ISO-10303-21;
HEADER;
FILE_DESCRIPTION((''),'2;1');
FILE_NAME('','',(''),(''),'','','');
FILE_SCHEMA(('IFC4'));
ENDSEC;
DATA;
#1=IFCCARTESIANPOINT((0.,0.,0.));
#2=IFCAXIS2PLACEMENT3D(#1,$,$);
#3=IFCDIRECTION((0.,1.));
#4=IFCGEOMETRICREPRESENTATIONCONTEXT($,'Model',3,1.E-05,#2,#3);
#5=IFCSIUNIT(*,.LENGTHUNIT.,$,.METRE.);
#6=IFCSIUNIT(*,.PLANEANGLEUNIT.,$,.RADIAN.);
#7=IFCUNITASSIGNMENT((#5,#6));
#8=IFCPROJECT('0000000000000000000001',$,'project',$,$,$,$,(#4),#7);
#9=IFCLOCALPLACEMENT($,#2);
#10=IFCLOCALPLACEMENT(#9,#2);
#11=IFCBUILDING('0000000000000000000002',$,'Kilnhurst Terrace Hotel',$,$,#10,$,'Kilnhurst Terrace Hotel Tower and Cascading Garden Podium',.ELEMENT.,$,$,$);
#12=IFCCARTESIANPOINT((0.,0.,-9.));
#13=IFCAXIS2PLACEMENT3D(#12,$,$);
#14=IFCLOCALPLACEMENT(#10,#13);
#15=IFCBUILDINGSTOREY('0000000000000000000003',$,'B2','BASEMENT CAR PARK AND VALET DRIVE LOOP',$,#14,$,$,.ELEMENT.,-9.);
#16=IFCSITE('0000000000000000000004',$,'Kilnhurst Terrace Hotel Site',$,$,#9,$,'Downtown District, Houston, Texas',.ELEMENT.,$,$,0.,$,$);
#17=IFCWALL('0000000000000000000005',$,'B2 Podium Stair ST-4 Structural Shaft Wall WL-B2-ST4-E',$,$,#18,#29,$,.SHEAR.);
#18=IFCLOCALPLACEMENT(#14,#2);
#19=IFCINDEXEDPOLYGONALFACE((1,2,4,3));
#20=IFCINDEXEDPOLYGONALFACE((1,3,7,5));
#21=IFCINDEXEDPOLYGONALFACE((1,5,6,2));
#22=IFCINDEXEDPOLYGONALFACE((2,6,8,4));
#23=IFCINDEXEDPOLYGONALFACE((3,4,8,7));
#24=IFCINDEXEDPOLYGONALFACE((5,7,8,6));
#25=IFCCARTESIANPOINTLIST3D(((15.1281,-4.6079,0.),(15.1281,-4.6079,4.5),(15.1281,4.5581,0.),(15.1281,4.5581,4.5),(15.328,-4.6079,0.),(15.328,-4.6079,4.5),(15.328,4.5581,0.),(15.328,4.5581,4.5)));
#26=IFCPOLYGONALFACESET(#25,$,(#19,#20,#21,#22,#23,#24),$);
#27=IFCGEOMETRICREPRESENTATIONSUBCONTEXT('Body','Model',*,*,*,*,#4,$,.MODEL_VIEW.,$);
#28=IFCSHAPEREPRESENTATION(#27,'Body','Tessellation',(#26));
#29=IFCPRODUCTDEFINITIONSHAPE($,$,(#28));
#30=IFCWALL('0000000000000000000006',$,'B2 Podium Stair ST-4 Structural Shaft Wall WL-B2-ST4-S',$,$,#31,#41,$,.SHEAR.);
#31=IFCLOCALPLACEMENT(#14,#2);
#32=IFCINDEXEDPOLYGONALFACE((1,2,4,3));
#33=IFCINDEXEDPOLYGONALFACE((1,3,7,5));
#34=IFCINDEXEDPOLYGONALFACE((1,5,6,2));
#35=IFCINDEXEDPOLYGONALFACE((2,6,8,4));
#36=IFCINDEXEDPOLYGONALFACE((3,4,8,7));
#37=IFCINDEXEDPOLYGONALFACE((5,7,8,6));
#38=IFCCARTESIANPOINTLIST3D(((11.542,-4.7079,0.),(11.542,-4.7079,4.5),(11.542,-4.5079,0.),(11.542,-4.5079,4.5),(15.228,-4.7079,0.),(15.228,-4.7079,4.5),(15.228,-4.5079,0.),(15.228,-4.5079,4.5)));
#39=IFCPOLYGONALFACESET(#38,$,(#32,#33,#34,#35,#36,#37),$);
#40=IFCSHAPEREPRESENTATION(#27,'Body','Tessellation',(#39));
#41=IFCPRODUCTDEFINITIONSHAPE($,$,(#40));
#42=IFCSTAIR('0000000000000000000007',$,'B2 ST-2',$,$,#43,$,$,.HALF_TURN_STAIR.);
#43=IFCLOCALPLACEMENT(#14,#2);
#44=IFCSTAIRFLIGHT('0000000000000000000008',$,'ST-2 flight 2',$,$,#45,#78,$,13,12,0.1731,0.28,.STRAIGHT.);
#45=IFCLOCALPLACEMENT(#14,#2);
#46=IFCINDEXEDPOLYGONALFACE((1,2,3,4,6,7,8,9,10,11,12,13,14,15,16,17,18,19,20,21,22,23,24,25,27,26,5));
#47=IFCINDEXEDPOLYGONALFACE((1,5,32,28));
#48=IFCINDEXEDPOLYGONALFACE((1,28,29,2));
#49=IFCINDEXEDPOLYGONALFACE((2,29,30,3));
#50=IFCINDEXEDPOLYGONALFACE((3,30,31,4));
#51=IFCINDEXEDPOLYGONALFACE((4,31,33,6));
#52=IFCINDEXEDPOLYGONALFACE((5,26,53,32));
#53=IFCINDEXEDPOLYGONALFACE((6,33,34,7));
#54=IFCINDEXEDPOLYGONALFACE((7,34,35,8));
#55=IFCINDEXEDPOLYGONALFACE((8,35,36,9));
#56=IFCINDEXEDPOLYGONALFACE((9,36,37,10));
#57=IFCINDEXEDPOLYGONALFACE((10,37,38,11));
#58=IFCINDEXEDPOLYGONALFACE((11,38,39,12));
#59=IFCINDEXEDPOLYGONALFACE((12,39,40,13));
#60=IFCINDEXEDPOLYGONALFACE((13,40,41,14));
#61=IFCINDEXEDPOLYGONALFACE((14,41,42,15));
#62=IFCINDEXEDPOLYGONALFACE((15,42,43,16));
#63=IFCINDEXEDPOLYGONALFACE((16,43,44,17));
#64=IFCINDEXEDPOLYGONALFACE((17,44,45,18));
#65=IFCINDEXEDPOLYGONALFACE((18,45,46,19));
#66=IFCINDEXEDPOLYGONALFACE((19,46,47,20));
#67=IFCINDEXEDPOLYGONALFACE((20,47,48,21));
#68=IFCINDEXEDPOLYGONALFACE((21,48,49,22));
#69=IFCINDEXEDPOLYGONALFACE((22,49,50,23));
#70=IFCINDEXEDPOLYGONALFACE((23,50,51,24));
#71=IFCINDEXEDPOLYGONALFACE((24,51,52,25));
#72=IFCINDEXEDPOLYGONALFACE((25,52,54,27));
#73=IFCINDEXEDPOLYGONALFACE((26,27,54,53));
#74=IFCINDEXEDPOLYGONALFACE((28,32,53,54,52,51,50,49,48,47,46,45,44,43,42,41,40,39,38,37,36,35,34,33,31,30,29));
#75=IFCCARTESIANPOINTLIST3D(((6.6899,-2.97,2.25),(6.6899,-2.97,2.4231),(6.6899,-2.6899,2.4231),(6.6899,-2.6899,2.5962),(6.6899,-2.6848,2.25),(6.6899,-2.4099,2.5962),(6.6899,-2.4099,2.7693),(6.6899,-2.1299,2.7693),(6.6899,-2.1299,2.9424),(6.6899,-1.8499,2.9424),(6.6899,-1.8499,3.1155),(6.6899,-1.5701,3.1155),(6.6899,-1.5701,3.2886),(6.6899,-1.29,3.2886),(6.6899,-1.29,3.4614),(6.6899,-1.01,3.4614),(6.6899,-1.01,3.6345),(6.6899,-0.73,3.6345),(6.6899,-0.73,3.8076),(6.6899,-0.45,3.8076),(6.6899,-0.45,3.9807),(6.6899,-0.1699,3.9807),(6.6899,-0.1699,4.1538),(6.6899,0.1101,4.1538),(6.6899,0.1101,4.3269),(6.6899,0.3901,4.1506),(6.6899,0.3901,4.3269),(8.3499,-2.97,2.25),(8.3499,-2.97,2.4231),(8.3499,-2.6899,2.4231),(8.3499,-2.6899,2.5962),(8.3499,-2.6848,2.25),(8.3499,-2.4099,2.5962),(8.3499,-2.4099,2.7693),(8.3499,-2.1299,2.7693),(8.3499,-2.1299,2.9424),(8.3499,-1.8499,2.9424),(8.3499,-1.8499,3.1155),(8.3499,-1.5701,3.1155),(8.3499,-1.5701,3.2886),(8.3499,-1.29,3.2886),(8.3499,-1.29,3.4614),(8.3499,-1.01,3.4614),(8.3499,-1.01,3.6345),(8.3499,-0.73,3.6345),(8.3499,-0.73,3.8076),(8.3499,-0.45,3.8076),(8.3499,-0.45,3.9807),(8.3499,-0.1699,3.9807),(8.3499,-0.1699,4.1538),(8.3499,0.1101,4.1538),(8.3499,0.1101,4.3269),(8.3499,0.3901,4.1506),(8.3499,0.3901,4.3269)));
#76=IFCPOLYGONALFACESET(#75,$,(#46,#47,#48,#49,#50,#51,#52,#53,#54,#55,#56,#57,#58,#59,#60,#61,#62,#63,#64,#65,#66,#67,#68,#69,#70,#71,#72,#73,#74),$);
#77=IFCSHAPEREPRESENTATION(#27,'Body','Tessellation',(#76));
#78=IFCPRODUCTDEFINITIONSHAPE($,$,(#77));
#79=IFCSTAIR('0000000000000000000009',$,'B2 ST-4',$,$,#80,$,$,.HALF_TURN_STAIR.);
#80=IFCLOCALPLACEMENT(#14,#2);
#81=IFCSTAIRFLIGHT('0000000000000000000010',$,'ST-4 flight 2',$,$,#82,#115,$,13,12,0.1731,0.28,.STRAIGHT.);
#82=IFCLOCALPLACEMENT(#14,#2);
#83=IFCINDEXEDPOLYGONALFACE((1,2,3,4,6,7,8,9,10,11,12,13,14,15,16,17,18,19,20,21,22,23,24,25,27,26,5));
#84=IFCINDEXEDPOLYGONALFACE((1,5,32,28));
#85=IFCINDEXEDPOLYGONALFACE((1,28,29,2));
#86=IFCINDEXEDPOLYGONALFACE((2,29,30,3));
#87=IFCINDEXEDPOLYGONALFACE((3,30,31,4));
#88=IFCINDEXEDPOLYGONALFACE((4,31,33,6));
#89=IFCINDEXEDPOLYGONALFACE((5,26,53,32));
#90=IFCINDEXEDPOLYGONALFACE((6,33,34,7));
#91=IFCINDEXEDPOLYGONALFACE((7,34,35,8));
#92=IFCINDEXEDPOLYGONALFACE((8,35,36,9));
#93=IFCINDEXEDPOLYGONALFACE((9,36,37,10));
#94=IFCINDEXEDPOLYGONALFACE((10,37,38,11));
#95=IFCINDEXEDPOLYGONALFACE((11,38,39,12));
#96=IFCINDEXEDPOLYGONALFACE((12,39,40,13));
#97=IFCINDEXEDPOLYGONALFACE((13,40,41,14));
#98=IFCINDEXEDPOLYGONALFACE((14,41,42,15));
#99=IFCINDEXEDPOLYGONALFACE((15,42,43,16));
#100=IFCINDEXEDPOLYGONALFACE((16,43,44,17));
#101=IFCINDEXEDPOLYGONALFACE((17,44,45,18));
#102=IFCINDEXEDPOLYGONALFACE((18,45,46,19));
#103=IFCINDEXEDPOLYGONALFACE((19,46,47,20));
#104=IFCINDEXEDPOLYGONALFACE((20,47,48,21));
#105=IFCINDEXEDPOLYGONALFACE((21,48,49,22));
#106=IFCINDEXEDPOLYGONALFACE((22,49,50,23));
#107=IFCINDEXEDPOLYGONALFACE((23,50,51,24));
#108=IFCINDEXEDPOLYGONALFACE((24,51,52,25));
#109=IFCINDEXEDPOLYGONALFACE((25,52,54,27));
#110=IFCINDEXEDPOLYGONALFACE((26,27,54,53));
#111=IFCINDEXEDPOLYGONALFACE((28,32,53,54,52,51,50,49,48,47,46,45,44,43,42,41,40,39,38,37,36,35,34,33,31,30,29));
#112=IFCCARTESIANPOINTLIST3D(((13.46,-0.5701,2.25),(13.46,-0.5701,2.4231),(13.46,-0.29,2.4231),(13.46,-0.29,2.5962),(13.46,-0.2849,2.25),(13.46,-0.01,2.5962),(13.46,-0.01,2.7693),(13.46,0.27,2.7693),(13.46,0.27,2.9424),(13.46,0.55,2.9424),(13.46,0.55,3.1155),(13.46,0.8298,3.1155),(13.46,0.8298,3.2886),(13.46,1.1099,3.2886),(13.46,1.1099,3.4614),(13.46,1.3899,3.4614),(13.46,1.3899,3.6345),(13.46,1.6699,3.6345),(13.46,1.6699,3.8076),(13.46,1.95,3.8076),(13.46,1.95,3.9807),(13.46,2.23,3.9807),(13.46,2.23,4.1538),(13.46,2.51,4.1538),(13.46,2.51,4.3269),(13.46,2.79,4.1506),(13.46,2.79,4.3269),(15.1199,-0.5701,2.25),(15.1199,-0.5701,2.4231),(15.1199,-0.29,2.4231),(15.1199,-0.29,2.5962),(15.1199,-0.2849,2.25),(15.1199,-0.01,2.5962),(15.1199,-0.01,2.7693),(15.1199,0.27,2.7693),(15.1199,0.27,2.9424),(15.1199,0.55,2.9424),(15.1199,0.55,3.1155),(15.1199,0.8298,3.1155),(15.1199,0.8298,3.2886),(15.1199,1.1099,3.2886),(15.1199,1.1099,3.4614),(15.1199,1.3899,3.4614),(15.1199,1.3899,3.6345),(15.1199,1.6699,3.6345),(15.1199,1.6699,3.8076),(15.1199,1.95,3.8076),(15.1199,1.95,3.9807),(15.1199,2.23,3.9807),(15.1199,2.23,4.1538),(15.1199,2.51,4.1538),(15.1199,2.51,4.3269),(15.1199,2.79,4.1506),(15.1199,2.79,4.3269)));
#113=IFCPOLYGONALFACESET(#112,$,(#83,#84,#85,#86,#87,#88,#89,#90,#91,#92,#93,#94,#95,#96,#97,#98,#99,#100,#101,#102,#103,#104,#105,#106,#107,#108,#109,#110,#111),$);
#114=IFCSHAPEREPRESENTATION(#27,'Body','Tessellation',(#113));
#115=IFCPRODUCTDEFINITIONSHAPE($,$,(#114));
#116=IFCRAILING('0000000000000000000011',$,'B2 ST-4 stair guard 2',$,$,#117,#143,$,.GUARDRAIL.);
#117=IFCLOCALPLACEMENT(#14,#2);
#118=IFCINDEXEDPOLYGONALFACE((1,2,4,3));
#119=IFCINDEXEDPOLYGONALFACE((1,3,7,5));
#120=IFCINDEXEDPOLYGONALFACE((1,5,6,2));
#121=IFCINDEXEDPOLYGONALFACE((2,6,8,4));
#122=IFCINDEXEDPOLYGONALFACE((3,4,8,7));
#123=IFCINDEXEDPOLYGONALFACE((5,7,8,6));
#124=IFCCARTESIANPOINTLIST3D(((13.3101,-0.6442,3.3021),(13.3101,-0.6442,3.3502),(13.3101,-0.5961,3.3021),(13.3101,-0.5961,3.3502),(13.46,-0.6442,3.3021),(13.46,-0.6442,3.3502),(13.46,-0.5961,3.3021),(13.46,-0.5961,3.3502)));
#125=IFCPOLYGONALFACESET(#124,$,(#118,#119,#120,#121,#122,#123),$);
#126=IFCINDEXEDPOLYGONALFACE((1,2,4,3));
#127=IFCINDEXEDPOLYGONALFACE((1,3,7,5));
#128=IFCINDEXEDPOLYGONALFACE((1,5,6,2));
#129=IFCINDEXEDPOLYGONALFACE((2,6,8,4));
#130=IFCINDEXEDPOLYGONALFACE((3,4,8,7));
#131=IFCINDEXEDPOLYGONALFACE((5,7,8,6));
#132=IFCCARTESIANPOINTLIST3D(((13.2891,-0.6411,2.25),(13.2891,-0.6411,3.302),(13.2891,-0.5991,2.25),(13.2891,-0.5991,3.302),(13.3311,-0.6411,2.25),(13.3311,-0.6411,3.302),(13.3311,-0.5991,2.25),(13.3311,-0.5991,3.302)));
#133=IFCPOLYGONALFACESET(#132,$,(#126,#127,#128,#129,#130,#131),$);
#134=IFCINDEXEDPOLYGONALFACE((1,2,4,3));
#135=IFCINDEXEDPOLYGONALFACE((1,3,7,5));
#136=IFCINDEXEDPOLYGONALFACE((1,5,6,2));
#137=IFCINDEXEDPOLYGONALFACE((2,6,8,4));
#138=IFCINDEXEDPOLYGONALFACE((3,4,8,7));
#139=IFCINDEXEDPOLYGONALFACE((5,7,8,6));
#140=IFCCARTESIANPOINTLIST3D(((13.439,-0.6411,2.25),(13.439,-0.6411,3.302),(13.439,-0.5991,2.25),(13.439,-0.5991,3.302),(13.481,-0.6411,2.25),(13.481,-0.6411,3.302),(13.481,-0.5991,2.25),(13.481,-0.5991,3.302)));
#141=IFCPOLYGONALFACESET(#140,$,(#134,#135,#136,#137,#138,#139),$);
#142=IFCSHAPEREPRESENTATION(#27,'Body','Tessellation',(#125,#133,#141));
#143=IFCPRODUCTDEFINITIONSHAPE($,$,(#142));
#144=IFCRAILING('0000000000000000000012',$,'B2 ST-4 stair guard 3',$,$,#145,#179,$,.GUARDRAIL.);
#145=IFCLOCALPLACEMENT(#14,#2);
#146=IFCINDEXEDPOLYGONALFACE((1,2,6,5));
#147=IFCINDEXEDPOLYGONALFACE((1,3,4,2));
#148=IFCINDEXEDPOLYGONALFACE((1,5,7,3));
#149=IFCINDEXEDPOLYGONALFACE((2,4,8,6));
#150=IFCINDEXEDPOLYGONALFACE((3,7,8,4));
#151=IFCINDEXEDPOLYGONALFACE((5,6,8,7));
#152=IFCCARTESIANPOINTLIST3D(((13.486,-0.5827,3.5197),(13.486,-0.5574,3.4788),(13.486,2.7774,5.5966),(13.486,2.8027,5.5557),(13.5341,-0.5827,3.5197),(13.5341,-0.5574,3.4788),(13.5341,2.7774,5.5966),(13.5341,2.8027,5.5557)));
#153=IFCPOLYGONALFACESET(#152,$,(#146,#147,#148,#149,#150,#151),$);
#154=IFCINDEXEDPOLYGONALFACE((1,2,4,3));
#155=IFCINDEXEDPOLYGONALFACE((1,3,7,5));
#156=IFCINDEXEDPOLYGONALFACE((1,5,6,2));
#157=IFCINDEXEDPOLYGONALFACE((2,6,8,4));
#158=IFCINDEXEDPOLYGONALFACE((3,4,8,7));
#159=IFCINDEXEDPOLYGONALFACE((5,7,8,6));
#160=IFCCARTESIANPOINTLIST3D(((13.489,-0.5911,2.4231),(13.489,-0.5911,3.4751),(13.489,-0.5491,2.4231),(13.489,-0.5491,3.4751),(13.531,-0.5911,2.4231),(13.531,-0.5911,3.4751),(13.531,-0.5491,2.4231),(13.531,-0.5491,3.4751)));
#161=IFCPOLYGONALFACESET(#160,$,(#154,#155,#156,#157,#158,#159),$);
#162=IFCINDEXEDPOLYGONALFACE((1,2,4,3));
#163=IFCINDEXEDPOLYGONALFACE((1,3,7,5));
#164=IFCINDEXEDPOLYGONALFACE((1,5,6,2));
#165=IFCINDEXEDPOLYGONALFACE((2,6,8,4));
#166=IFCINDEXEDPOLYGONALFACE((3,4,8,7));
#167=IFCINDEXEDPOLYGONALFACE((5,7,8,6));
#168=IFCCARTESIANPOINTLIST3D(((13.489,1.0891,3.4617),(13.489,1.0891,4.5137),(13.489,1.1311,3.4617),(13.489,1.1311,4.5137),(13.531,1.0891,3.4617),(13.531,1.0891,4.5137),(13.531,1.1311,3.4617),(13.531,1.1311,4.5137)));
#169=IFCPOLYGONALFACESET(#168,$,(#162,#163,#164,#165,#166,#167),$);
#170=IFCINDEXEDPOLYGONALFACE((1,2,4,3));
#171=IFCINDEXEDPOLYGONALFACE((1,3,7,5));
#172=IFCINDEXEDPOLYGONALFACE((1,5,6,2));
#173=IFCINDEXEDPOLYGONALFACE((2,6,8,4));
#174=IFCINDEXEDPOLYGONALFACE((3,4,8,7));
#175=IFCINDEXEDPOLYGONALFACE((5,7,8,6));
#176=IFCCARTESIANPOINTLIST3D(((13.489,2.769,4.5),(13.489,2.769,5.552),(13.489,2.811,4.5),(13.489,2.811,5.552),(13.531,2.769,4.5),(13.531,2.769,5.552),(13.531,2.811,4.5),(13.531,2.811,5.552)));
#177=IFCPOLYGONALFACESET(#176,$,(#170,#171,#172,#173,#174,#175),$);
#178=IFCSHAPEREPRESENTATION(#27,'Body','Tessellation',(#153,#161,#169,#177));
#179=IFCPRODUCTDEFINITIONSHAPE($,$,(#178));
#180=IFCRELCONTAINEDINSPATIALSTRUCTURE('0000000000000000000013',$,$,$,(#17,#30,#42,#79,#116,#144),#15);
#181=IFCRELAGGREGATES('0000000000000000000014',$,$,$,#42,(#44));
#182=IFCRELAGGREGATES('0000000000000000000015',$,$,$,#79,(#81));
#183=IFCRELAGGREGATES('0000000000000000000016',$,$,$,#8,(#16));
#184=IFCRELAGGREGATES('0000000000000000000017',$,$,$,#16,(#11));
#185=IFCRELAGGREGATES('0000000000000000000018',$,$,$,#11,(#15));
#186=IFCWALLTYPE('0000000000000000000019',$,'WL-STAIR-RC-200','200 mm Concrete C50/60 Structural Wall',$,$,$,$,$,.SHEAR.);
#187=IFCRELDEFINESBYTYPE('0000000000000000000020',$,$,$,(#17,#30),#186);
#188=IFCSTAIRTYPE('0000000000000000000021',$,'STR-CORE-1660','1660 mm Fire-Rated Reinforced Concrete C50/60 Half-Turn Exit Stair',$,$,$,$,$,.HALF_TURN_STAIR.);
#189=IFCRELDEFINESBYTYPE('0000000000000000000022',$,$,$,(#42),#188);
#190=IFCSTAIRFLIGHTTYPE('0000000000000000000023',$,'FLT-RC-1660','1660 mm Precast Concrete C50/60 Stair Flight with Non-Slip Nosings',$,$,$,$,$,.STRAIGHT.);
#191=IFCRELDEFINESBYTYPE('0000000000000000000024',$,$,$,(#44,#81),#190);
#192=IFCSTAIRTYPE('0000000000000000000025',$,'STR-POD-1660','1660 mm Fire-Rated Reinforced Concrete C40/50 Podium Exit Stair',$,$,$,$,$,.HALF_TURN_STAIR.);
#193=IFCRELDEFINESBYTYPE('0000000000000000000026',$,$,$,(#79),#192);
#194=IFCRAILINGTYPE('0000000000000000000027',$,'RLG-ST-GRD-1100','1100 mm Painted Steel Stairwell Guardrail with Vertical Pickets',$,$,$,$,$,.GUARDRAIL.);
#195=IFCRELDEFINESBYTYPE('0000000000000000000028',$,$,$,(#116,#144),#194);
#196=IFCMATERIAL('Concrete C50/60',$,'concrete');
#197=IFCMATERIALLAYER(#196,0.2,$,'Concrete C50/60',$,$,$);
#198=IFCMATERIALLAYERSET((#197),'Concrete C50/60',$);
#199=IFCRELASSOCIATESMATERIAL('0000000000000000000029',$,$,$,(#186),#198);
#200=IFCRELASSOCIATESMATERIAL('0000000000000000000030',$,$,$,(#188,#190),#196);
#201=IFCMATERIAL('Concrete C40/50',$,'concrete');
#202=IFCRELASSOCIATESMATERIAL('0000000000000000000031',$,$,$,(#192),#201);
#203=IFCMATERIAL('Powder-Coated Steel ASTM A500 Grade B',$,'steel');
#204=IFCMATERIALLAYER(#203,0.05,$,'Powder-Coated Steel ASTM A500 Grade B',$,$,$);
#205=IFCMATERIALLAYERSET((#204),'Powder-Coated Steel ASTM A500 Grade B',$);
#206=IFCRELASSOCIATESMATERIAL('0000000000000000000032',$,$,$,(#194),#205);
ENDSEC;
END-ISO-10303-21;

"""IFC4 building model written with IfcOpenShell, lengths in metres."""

from ifc_helpers import new_model, si_unit, direction, frame, frame_2d, origin, origin_2d, place, context, subcontext, project, spatial, polyline, rectangle, outline, extrude, material, layer, layer_set, type_object, element, aggregate, save


model = new_model("IFC4")

# Units and contexts
model_context = context("Model", 3, precision=1e-05, world=origin(), true_north=direction((0.0, 1.0)))
body_context = subcontext(model_context, "Body", "Model", "MODEL_VIEW")
ifc_project = project(units=[si_unit("LENGTHUNIT", "METRE"), si_unit("PLANEANGLEUNIT", "RADIAN")], contexts=[model_context])

# Site, building, storey
site_placement = place(None, origin())
site = spatial("IfcSite", under=ifc_project, at=site_placement, Name="Kilnhurst Terrace Hotel Site", LongName="Downtown District, Houston, Texas", CompositionType="ELEMENT", RefElevation=0.0)
building_placement = place(site_placement, origin())
building = spatial("IfcBuilding", under=site, at=building_placement, Name="Kilnhurst Terrace Hotel", LongName="Kilnhurst Terrace Hotel Tower and Cascading Garden Podium", CompositionType="ELEMENT")
storey_placement = place(building_placement, frame((0.0, 0.0, -9.0)))
storey = spatial("IfcBuildingStorey", under=building, at=storey_placement, Name="B2", Description="BASEMENT CAR PARK AND VALET DRIVE LOOP", CompositionType="ELEMENT", Elevation=-9.0)

# Shared definitions
ifc_material_1 = material(Name="Concrete C50/60", Category="concrete")

# Walls
ifc_layer_1 = layer(ifc_material_1, 0.2, Name="Concrete C50/60")
ifc_layer_set_1 = layer_set([ifc_layer_1], Name="Concrete C50/60")
wall_type_1 = type_object("IfcWallType", Name="WL-STAIR-RC-200", Description="200 mm Concrete C50/60 Structural Wall", PredefinedType="SHEAR", material=ifc_layer_set_1)
for number, where, z_axis, x_axis, name in (
    (1, (15.228, -4.6079, 0.0), (0.0, 0.0, 1.0), (0.0, 1.0, 0.0), "B2 Podium Stair ST-4 Structural Shaft Wall WL-B2-ST4-E"),
):
    element("IfcWall", number, at=place(storey_placement, frame(where, z_axis=z_axis, x_axis=x_axis)), inside=storey, type_object=wall_type_1, Name=name, PredefinedType="SHEAR", context=body_context, shape_type="SweptSolid", body=[
        extrude(rectangle(XDim=9.166, YDim=0.2, at=frame_2d((4.583, 0.0))), origin(), (0.0, 0.0, 1.0), 4.5),
    ])
wall_1_placement = place(storey_placement, frame((11.542, -4.6079, 0.0), z_axis=(0.0, 0.0, 1.0), x_axis=(1.0, 0.0, 0.0)))
element("IfcWall", 2, at=wall_1_placement, inside=storey, type_object=wall_type_1, Name="B2 Podium Stair ST-4 Structural Shaft Wall WL-B2-ST4-S", PredefinedType="SHEAR", context=body_context, shape_type="SweptSolid", body=[
    extrude(rectangle(XDim=3.686, YDim=0.2, at=frame_2d((1.843, 0.0))), origin(), (0.0, 0.0, 1.0), 4.5),
])

# Stairs, stair flights
stair_type_1 = type_object("IfcStairType", Name="STR-CORE-1660", Description="1660 mm Fire-Rated Reinforced Concrete C50/60 Half-Turn Exit Stair", PredefinedType="HALF_TURN_STAIR", material=ifc_material_1)
stair_1_placement = place(storey_placement, origin())
stair_1 = element("IfcStair", 3, at=stair_1_placement, inside=storey, type_object=stair_type_1, Name="B2 ST-2", PredefinedType="HALF_TURN_STAIR")
stair_flight_type = type_object("IfcStairFlightType", Name="FLT-RC-1660", Description="1660 mm Precast Concrete C50/60 Stair Flight with Non-Slip Nosings", PredefinedType="STRAIGHT", material=ifc_material_1)
stair_flight_1_placement = place(storey_placement, frame((7.52, -2.97, 2.25), z_axis=(0.0, 0.0, 1.0), x_axis=(0.0, 1.0, 0.0)))
stair_flight_1 = element("IfcStairFlight", 4, at=stair_flight_1_placement, type_object=stair_flight_type, Name="ST-2 flight 2", NumberOfRisers=13, NumberOfTreads=12, PredefinedType="STRAIGHT", RiserHeight=0.1731, TreadLength=0.28, context=body_context, shape_type="SweptSolid", body=[
    extrude(outline(polyline([(0.0, 0.0), (0.0, 0.1731), (0.28, 0.1731), (0.28, 0.3462), (0.5601, 0.3462), (0.5601, 0.5193), (0.8401, 0.5193), (0.8401, 0.6924), (1.1201, 0.6924), (1.1201, 0.8655), (1.3999, 0.8655), (1.3999, 1.0386), (1.6799, 1.0386), (1.6799, 1.2114), (1.96, 1.2114), (1.96, 1.3845), (2.24, 1.3845), (2.24, 1.5576), (2.52, 1.5576), (2.52, 1.7307), (2.8, 1.7307), (2.8, 1.9038), (3.0801, 1.9038), (3.0801, 2.0769), (3.3601, 2.0769), (3.3601, 2.25), (3.3601, 1.9006), (0.2852, 0.0), (0.0, 0.0)])), frame((0.0, 0.8301, 0.0), z_axis=(0.0, -1.0, 0.0), x_axis=(1.0, 0.0, 0.0)), (0.0, 0.0, 1.0), 1.6599),
])
aggregate(stair_1, [stair_flight_1])
ifc_material_2 = material(Name="Concrete C40/50", Category="concrete")
stair_type_2 = type_object("IfcStairType", Name="STR-POD-1660", Description="1660 mm Fire-Rated Reinforced Concrete C40/50 Podium Exit Stair", PredefinedType="HALF_TURN_STAIR", material=ifc_material_2)
stair_2_placement = place(storey_placement, origin())
stair_2 = element("IfcStair", 5, at=stair_2_placement, inside=storey, type_object=stair_type_2, Name="B2 ST-4", PredefinedType="HALF_TURN_STAIR")
stair_flight_2_placement = place(storey_placement, frame((14.29, -0.5701, 2.25), z_axis=(0.0, 0.0, 1.0), x_axis=(0.0, 1.0, 0.0)))
stair_flight_2 = element("IfcStairFlight", 6, at=stair_flight_2_placement, type_object=stair_flight_type, Name="ST-4 flight 2", NumberOfRisers=13, NumberOfTreads=12, PredefinedType="STRAIGHT", RiserHeight=0.1731, TreadLength=0.28, context=body_context, shape_type="SweptSolid", body=[
    extrude(outline(polyline([(0.0, 0.0), (0.0, 0.1731), (0.28, 0.1731), (0.28, 0.3462), (0.5601, 0.3462), (0.5601, 0.5193), (0.8401, 0.5193), (0.8401, 0.6924), (1.1201, 0.6924), (1.1201, 0.8655), (1.3999, 0.8655), (1.3999, 1.0386), (1.6799, 1.0386), (1.6799, 1.2114), (1.96, 1.2114), (1.96, 1.3845), (2.24, 1.3845), (2.24, 1.5576), (2.52, 1.5576), (2.52, 1.7307), (2.8, 1.7307), (2.8, 1.9038), (3.0801, 1.9038), (3.0801, 2.0769), (3.3601, 2.0769), (3.3601, 2.25), (3.3601, 1.9006), (0.2852, 0.0), (0.0, 0.0)])), frame((0.0, 0.8301, 0.0), z_axis=(0.0, -1.0, 0.0), x_axis=(1.0, 0.0, 0.0)), (0.0, 0.0, 1.0), 1.6599),
])
aggregate(stair_2, [stair_flight_2])

# Railings
ifc_material_3 = material(Name="Powder-Coated Steel ASTM A500 Grade B", Category="steel")
ifc_layer_2 = layer(ifc_material_3, 0.05, Name="Powder-Coated Steel ASTM A500 Grade B")
ifc_layer_set_2 = layer_set([ifc_layer_2], Name="Powder-Coated Steel ASTM A500 Grade B")
railing_type_1 = type_object("IfcRailingType", Name="RLG-ST-GRD-1100", Description="1100 mm Painted Steel Stairwell Guardrail with Vertical Pickets", PredefinedType="GUARDRAIL", material=ifc_layer_set_2)
railing_1_placement = place(storey_placement, frame((13.3101, -0.6201, 2.25)))
element("IfcRailing", 7, at=railing_1_placement, inside=storey, type_object=railing_type_1, Name="B2 ST-4 stair guard 2", PredefinedType="GUARDRAIL", context=body_context, shape_type="SweptSolid", body=[
    extrude(rectangle(XDim=0.0481, YDim=0.0481, at=origin_2d()), frame((0.0, 0.0, 1.0762), z_axis=(1.0, 0.0, 0.0), x_axis=(0.0, 1.0, 0.0)), (0.0, 0.0, 1.0), 0.1499),
    extrude(rectangle(XDim=0.042, YDim=0.042, at=origin_2d()), origin(), (0.0, 0.0, 1.0), 1.052),
    extrude(rectangle(XDim=0.042, YDim=0.042, at=origin_2d()), frame((0.1499, 0.0, 0.0)), (0.0, 0.0, 1.0), 1.052),
])
railing_2_placement = place(storey_placement, frame((13.51, -0.5701, 2.4231)))
element("IfcRailing", 8, at=railing_2_placement, inside=storey, type_object=railing_type_1, Name="B2 ST-4 stair guard 3", PredefinedType="GUARDRAIL", context=body_context, shape_type="SweptSolid", body=[
    extrude(rectangle(XDim=0.0481, YDim=0.0481, at=origin_2d()), frame((0.0, 0.0, 1.0762), z_axis=(0.0, 0.850623, 0.525776), x_axis=(-1.0, 0.0, 0.0)), (0.0, 0.0, 1.0), 3.9502),
    extrude(rectangle(XDim=0.042, YDim=0.042, at=origin_2d()), origin(), (0.0, 0.0, 1.0), 1.052),
    extrude(rectangle(XDim=0.042, YDim=0.042, at=origin_2d()), frame((0.0, 1.6802, 1.0386)), (0.0, 0.0, 1.0), 1.052),
    extrude(rectangle(XDim=0.042, YDim=0.042, at=origin_2d()), frame((0.0, 3.3601, 2.0769)), (0.0, 0.0, 1.0), 1.052),
])

save(model, "model.ifc")
